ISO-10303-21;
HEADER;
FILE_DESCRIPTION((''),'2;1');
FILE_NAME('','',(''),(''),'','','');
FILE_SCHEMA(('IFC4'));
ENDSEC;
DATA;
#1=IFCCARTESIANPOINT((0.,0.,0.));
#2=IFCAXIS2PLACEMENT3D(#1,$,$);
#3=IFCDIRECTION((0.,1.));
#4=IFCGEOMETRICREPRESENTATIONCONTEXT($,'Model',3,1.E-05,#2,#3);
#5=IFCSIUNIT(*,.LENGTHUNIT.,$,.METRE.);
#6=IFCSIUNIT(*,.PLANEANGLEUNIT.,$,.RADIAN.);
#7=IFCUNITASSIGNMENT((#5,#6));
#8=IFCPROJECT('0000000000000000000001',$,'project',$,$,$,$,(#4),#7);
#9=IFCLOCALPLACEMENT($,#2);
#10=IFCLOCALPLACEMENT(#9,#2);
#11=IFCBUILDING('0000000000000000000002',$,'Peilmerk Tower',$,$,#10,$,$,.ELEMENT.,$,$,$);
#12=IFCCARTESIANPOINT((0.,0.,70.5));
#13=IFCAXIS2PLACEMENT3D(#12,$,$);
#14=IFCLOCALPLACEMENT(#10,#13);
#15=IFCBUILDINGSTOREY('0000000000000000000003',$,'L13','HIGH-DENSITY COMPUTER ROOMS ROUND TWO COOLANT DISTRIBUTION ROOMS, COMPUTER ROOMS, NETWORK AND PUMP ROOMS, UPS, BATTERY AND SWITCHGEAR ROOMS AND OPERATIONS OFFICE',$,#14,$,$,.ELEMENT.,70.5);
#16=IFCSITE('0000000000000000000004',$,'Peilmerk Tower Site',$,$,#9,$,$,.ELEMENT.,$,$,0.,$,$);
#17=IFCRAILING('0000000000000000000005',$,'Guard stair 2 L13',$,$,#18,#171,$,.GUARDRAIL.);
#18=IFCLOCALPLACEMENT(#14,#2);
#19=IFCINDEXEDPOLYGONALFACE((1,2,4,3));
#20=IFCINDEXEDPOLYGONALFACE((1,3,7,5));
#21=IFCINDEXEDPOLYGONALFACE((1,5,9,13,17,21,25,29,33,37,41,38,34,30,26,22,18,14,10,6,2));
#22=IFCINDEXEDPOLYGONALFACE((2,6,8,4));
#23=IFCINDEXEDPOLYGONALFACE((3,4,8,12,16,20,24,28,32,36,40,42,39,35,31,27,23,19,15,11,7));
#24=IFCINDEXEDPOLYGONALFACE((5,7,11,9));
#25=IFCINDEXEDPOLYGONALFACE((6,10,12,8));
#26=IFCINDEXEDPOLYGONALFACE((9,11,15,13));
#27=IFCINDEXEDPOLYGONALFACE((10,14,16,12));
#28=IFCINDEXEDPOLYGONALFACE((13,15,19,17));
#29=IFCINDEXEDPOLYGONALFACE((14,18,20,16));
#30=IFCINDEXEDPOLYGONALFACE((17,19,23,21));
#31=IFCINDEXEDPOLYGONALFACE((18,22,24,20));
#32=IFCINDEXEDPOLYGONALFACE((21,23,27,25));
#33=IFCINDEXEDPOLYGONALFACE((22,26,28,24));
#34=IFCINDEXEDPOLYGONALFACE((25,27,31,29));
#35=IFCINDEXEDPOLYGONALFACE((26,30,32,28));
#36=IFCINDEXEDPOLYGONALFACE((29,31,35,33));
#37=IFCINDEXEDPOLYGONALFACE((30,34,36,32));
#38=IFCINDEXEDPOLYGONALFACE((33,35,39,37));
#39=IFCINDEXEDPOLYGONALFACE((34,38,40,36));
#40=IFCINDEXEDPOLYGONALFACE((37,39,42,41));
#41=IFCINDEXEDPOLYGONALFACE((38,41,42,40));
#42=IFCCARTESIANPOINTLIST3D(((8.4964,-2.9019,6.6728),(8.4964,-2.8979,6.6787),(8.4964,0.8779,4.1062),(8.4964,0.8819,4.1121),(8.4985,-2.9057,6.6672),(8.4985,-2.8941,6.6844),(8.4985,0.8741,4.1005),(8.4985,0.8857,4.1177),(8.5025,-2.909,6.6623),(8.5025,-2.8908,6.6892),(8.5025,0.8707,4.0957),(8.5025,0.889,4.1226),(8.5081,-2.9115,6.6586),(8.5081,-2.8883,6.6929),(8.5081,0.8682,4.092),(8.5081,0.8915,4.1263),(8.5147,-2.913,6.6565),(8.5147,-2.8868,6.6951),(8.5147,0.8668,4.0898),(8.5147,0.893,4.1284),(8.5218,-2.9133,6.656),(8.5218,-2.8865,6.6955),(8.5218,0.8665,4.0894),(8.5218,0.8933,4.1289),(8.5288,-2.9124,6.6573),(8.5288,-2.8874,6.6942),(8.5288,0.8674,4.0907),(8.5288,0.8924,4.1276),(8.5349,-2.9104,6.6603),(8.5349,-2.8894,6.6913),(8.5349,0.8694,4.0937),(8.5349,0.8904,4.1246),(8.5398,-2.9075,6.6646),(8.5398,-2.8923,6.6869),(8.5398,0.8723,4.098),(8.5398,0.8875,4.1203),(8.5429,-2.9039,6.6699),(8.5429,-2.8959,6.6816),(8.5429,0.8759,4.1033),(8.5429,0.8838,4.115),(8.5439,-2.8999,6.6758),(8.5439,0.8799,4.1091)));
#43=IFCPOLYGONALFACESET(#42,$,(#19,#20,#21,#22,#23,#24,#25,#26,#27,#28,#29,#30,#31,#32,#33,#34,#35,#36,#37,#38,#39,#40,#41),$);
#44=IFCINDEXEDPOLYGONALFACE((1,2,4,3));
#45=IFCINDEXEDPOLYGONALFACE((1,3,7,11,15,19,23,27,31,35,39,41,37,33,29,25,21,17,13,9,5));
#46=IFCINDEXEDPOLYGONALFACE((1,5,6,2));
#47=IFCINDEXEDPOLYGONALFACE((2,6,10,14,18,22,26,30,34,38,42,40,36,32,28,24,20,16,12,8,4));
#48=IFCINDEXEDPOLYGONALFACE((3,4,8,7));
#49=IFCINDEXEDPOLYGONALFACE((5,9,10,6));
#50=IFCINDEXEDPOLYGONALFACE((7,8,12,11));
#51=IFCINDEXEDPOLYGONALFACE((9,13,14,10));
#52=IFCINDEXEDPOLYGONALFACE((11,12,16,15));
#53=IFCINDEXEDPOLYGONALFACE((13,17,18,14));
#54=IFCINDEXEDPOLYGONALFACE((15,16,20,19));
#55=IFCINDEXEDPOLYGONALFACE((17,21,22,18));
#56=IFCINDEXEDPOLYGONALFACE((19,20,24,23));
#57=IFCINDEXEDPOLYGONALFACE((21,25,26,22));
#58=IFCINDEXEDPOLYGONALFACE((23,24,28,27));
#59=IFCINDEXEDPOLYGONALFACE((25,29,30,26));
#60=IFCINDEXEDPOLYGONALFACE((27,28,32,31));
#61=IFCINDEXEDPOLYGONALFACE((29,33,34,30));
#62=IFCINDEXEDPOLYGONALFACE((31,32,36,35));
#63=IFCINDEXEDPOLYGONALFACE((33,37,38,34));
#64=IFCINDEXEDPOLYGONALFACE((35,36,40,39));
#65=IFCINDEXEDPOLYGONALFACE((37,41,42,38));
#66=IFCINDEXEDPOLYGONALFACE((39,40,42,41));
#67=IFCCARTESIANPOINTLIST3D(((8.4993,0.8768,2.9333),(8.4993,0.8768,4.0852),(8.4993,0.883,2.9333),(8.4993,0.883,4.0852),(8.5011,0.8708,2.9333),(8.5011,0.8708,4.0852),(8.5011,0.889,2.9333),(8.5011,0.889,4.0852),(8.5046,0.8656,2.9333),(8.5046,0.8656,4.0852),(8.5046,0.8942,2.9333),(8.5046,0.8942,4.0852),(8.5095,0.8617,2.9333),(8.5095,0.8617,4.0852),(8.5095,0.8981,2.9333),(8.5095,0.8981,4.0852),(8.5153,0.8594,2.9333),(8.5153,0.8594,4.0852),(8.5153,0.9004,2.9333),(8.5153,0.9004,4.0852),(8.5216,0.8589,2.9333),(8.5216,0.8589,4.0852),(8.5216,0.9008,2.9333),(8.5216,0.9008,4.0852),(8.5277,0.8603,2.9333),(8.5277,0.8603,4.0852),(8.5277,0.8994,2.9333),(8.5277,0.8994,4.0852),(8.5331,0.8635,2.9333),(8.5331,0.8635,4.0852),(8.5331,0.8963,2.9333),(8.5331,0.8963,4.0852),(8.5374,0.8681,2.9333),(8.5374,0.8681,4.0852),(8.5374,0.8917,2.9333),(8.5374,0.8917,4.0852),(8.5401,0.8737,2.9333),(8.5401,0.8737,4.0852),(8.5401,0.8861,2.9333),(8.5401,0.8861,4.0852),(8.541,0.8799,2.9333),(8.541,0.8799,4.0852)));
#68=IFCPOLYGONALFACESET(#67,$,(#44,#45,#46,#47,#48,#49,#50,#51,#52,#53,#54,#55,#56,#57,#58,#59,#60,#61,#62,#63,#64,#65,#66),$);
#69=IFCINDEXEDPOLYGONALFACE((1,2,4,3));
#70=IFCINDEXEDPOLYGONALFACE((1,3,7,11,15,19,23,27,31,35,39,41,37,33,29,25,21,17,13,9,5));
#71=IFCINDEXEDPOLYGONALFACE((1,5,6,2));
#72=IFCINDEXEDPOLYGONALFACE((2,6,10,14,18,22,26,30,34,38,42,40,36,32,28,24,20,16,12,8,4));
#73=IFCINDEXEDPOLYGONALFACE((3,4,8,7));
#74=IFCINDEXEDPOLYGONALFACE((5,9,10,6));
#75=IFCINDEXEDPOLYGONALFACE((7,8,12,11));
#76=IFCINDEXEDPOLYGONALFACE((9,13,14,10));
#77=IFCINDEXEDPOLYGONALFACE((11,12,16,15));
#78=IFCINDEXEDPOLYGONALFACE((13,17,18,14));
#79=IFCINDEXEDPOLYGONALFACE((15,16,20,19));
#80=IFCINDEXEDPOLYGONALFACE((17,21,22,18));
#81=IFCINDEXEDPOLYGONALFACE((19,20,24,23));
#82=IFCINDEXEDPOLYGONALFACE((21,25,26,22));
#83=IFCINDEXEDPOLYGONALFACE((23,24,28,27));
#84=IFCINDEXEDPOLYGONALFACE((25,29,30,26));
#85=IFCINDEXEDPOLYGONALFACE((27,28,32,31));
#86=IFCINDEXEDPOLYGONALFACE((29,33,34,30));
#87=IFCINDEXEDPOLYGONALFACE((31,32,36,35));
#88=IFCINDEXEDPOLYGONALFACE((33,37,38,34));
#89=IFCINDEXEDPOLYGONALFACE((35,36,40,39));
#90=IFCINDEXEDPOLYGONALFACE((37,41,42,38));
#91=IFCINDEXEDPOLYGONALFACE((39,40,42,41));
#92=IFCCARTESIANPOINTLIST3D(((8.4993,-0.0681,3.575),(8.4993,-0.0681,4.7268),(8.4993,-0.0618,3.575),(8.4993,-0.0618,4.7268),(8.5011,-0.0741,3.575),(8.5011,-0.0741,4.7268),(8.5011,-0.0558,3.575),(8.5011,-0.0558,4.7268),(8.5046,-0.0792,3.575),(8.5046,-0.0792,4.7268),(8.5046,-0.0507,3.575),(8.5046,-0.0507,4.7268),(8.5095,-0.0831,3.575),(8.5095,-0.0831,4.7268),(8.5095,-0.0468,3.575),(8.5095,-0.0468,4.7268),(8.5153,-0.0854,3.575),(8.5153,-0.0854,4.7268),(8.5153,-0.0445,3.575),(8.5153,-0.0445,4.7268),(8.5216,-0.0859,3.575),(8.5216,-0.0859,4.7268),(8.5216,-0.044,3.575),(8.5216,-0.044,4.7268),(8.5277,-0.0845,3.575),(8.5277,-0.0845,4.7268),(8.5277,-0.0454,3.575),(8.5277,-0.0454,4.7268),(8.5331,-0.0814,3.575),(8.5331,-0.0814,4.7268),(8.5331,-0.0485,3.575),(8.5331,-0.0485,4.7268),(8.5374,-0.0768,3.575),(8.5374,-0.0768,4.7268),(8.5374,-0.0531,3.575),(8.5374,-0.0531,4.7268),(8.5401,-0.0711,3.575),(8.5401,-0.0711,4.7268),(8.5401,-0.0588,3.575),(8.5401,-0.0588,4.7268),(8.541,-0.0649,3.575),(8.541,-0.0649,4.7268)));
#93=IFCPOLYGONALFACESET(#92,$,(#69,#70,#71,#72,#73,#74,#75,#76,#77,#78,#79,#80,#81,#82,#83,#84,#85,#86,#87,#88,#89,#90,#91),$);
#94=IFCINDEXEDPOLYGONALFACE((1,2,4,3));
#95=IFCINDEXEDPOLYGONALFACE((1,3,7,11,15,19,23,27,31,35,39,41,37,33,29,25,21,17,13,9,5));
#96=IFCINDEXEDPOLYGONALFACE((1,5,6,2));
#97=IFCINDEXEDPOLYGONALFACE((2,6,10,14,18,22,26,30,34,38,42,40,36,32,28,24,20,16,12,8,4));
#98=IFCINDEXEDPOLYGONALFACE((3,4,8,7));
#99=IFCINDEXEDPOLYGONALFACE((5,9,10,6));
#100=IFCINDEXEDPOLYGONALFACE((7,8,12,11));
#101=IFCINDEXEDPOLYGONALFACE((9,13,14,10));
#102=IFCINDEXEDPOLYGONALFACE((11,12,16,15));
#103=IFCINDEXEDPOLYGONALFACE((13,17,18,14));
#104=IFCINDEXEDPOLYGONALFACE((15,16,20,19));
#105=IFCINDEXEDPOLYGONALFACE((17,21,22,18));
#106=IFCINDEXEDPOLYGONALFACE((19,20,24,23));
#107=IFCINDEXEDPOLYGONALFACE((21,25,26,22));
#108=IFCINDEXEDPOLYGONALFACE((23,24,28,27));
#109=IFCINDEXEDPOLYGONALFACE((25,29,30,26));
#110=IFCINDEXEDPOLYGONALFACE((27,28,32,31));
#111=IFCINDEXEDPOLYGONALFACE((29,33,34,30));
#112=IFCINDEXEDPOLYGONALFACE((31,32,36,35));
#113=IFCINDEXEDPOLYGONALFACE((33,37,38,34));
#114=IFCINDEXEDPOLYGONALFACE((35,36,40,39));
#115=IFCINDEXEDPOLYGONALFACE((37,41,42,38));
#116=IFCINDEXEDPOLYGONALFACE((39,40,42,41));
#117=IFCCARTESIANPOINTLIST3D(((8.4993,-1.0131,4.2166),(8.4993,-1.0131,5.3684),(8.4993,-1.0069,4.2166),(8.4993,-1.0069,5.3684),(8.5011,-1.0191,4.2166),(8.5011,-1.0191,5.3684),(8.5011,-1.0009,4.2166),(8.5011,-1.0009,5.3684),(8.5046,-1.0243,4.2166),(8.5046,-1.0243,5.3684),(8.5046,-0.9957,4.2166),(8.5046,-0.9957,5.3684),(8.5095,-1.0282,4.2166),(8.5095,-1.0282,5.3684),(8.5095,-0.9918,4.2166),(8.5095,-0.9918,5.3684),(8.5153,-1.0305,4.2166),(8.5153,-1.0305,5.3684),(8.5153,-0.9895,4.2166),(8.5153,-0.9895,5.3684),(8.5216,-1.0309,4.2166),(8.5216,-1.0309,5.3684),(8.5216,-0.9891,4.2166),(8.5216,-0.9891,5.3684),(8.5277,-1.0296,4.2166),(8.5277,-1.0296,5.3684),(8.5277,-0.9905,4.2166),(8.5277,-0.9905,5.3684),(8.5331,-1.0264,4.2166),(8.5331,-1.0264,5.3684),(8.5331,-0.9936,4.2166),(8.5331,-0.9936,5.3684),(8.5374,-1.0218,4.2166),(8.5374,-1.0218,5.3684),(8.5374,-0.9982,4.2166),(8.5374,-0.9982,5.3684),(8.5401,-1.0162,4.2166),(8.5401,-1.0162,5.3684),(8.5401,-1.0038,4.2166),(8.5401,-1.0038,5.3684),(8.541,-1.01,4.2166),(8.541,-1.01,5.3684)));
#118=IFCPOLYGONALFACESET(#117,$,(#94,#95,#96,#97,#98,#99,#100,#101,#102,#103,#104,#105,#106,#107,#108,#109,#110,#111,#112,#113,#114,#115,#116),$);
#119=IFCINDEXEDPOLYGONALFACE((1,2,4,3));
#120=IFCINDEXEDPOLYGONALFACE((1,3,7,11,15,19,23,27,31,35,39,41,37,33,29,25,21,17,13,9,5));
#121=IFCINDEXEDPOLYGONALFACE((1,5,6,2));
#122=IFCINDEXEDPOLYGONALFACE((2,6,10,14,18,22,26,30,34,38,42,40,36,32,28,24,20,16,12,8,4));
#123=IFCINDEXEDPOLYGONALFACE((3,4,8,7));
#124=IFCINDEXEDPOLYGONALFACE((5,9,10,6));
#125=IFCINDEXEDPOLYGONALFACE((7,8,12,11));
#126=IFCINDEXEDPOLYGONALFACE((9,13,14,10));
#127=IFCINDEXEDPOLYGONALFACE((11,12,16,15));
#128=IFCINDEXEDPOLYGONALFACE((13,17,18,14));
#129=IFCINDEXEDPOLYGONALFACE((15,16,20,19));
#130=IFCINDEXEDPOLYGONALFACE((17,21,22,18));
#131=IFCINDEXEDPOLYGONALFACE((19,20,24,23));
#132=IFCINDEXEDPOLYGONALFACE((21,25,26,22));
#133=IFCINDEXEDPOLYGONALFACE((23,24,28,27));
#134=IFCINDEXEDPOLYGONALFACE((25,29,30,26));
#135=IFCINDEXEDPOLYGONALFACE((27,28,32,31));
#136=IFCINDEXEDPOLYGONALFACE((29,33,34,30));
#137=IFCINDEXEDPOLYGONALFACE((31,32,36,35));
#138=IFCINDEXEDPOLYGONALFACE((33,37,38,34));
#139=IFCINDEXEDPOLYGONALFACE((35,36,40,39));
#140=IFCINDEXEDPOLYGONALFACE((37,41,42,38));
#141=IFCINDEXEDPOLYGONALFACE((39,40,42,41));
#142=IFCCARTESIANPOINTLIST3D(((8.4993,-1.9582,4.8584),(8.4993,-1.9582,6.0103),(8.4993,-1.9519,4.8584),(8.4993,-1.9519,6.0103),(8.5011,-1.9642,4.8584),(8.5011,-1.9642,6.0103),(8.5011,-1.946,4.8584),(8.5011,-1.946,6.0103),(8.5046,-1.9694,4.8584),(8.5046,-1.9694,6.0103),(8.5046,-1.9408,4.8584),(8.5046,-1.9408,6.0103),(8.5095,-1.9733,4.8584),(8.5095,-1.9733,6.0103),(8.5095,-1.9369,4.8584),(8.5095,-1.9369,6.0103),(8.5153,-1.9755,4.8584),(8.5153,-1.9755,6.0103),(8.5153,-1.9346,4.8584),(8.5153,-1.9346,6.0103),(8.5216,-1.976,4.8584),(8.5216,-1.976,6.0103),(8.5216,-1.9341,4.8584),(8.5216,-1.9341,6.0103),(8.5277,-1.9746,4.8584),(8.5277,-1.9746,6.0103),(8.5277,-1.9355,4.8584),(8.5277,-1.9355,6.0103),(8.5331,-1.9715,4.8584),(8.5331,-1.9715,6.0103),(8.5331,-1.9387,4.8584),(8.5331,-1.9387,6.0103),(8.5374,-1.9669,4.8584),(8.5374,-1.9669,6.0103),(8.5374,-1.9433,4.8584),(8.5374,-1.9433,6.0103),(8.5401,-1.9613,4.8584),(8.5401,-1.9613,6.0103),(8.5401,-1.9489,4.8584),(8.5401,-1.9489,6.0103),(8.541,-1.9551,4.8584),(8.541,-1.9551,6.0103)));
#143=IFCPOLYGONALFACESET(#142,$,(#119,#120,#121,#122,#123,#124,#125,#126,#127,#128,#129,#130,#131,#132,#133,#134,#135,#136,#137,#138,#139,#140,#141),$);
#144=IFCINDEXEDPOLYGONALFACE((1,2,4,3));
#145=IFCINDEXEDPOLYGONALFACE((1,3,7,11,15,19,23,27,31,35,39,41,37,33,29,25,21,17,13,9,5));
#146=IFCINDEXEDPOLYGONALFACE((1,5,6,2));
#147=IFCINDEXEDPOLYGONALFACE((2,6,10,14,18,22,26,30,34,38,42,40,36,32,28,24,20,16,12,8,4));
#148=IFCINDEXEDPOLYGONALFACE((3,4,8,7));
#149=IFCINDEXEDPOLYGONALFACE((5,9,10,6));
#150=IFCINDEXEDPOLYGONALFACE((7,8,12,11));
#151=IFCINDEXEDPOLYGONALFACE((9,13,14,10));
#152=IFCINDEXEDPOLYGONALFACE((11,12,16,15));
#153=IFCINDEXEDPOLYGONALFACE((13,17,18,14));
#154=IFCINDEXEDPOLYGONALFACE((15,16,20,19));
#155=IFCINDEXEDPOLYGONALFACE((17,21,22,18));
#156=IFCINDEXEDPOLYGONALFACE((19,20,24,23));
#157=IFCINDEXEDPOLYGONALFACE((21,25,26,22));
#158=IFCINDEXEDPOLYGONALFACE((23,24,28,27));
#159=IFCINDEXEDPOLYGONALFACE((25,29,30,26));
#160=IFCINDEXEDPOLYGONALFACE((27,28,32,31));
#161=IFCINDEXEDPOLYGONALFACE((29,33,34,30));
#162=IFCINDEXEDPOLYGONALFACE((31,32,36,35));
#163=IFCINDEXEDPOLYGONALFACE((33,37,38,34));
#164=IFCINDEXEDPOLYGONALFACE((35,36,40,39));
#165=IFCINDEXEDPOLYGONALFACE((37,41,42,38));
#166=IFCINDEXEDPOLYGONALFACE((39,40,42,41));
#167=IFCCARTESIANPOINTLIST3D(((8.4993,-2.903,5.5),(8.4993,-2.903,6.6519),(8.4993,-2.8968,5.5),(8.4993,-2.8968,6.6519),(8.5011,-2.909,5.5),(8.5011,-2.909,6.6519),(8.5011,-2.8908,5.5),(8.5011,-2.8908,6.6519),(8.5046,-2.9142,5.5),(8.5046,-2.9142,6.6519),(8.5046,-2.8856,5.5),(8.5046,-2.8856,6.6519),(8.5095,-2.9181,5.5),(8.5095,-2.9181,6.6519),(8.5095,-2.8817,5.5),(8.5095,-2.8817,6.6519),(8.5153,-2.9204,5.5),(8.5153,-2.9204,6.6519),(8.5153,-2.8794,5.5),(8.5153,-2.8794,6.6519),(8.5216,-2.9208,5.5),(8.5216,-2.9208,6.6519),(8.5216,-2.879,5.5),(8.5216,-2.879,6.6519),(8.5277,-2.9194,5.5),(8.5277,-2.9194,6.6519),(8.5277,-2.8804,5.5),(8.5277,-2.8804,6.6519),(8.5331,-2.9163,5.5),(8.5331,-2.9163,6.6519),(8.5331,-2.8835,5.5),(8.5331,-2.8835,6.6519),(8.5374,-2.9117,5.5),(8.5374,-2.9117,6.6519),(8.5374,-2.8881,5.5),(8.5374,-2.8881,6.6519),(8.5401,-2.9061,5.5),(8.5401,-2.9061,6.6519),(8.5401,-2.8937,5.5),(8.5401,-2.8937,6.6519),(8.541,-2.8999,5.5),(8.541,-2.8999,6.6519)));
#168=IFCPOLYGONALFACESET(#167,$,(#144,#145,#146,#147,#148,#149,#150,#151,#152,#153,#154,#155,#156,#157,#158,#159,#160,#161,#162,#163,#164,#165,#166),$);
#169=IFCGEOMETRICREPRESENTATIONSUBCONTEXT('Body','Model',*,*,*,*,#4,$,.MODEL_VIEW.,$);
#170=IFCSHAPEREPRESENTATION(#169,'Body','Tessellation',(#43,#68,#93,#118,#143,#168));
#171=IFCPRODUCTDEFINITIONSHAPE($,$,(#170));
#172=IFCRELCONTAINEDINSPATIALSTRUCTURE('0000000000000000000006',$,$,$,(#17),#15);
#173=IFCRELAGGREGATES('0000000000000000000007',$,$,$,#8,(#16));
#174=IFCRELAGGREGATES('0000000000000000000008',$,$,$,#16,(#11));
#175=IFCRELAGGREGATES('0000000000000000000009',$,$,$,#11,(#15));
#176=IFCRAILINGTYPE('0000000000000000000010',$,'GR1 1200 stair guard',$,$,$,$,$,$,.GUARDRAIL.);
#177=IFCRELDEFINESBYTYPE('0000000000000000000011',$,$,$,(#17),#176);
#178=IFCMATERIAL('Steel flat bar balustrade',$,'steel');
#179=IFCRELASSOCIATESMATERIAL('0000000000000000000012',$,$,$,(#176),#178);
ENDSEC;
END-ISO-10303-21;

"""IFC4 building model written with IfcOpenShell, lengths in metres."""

from ifc_helpers import new_model, si_unit, direction, frame, origin, origin_2d, place, context, subcontext, project, spatial, circle, extrude, material, type_object, element, save


model = new_model("IFC4")

# Units and contexts
model_context = context("Model", 3, precision=1e-05, world=origin(), true_north=direction((0.0, 1.0)))
body_context = subcontext(model_context, "Body", "Model", "MODEL_VIEW")
ifc_project = project(units=[si_unit("LENGTHUNIT", "METRE"), si_unit("PLANEANGLEUNIT", "RADIAN")], contexts=[model_context])

# Site, building, storey
site_placement = place(None, origin())
site = spatial("IfcSite", under=ifc_project, at=site_placement, Name="Peilmerk Tower Site", CompositionType="ELEMENT", RefElevation=0.0)
building_placement = place(site_placement, origin())
building = spatial("IfcBuilding", under=site, at=building_placement, Name="Peilmerk Tower", CompositionType="ELEMENT")
storey_placement = place(building_placement, frame((0.0, 0.0, 70.5)))
storey = spatial("IfcBuildingStorey", under=building, at=storey_placement, Name="L13", Description="HIGH-DENSITY COMPUTER ROOMS ROUND TWO COOLANT DISTRIBUTION ROOMS, COMPUTER ROOMS, NETWORK AND PUMP ROOMS, UPS, BATTERY AND SWITCHGEAR ROOMS AND OPERATIONS OFFICE", CompositionType="ELEMENT", Elevation=70.5)

# Railing
ifc_material_1 = material(Name="Steel flat bar balustrade", Category="steel")
railing_type_1 = type_object("IfcRailingType", Name="GR1 1200 stair guard", PredefinedType="GUARDRAIL", material=ifc_material_1)
railing_1_placement = place(storey_placement, frame((8.52, 0.8799, 2.9333)))
element("IfcRailing", 1, at=railing_1_placement, inside=storey, type_object=railing_type_1, Name="Guard stair 2 L13", PredefinedType="GUARDRAIL", context=body_context, shape_type="SweptSolid", body=[
    extrude(circle(Radius=0.0239, at=origin_2d()), frame((0.0, 0.0, 1.1758), z_axis=(0.0, -0.827293, 0.561771), x_axis=(1.0, 0.0, 0.0)), (0.0, 0.0, 1.0), 4.5688),
    extrude(circle(Radius=0.021, at=origin_2d()), origin(), (0.0, 0.0, 1.0), 1.1519),
    extrude(circle(Radius=0.021, at=origin_2d()), frame((0.0, -0.9448, 0.6416)), (0.0, 0.0, 1.0), 1.1519),
    extrude(circle(Radius=0.021, at=origin_2d()), frame((0.0, -1.8899, 1.2832)), (0.0, 0.0, 1.0), 1.1519),
    extrude(circle(Radius=0.021, at=origin_2d()), frame((0.0, -2.835, 1.925)), (0.0, 0.0, 1.0), 1.1519),
    extrude(circle(Radius=0.021, at=origin_2d()), frame((0.0, -3.7798, 2.5667)), (0.0, 0.0, 1.0), 1.1519),
])

save(model, "model.ifc")
